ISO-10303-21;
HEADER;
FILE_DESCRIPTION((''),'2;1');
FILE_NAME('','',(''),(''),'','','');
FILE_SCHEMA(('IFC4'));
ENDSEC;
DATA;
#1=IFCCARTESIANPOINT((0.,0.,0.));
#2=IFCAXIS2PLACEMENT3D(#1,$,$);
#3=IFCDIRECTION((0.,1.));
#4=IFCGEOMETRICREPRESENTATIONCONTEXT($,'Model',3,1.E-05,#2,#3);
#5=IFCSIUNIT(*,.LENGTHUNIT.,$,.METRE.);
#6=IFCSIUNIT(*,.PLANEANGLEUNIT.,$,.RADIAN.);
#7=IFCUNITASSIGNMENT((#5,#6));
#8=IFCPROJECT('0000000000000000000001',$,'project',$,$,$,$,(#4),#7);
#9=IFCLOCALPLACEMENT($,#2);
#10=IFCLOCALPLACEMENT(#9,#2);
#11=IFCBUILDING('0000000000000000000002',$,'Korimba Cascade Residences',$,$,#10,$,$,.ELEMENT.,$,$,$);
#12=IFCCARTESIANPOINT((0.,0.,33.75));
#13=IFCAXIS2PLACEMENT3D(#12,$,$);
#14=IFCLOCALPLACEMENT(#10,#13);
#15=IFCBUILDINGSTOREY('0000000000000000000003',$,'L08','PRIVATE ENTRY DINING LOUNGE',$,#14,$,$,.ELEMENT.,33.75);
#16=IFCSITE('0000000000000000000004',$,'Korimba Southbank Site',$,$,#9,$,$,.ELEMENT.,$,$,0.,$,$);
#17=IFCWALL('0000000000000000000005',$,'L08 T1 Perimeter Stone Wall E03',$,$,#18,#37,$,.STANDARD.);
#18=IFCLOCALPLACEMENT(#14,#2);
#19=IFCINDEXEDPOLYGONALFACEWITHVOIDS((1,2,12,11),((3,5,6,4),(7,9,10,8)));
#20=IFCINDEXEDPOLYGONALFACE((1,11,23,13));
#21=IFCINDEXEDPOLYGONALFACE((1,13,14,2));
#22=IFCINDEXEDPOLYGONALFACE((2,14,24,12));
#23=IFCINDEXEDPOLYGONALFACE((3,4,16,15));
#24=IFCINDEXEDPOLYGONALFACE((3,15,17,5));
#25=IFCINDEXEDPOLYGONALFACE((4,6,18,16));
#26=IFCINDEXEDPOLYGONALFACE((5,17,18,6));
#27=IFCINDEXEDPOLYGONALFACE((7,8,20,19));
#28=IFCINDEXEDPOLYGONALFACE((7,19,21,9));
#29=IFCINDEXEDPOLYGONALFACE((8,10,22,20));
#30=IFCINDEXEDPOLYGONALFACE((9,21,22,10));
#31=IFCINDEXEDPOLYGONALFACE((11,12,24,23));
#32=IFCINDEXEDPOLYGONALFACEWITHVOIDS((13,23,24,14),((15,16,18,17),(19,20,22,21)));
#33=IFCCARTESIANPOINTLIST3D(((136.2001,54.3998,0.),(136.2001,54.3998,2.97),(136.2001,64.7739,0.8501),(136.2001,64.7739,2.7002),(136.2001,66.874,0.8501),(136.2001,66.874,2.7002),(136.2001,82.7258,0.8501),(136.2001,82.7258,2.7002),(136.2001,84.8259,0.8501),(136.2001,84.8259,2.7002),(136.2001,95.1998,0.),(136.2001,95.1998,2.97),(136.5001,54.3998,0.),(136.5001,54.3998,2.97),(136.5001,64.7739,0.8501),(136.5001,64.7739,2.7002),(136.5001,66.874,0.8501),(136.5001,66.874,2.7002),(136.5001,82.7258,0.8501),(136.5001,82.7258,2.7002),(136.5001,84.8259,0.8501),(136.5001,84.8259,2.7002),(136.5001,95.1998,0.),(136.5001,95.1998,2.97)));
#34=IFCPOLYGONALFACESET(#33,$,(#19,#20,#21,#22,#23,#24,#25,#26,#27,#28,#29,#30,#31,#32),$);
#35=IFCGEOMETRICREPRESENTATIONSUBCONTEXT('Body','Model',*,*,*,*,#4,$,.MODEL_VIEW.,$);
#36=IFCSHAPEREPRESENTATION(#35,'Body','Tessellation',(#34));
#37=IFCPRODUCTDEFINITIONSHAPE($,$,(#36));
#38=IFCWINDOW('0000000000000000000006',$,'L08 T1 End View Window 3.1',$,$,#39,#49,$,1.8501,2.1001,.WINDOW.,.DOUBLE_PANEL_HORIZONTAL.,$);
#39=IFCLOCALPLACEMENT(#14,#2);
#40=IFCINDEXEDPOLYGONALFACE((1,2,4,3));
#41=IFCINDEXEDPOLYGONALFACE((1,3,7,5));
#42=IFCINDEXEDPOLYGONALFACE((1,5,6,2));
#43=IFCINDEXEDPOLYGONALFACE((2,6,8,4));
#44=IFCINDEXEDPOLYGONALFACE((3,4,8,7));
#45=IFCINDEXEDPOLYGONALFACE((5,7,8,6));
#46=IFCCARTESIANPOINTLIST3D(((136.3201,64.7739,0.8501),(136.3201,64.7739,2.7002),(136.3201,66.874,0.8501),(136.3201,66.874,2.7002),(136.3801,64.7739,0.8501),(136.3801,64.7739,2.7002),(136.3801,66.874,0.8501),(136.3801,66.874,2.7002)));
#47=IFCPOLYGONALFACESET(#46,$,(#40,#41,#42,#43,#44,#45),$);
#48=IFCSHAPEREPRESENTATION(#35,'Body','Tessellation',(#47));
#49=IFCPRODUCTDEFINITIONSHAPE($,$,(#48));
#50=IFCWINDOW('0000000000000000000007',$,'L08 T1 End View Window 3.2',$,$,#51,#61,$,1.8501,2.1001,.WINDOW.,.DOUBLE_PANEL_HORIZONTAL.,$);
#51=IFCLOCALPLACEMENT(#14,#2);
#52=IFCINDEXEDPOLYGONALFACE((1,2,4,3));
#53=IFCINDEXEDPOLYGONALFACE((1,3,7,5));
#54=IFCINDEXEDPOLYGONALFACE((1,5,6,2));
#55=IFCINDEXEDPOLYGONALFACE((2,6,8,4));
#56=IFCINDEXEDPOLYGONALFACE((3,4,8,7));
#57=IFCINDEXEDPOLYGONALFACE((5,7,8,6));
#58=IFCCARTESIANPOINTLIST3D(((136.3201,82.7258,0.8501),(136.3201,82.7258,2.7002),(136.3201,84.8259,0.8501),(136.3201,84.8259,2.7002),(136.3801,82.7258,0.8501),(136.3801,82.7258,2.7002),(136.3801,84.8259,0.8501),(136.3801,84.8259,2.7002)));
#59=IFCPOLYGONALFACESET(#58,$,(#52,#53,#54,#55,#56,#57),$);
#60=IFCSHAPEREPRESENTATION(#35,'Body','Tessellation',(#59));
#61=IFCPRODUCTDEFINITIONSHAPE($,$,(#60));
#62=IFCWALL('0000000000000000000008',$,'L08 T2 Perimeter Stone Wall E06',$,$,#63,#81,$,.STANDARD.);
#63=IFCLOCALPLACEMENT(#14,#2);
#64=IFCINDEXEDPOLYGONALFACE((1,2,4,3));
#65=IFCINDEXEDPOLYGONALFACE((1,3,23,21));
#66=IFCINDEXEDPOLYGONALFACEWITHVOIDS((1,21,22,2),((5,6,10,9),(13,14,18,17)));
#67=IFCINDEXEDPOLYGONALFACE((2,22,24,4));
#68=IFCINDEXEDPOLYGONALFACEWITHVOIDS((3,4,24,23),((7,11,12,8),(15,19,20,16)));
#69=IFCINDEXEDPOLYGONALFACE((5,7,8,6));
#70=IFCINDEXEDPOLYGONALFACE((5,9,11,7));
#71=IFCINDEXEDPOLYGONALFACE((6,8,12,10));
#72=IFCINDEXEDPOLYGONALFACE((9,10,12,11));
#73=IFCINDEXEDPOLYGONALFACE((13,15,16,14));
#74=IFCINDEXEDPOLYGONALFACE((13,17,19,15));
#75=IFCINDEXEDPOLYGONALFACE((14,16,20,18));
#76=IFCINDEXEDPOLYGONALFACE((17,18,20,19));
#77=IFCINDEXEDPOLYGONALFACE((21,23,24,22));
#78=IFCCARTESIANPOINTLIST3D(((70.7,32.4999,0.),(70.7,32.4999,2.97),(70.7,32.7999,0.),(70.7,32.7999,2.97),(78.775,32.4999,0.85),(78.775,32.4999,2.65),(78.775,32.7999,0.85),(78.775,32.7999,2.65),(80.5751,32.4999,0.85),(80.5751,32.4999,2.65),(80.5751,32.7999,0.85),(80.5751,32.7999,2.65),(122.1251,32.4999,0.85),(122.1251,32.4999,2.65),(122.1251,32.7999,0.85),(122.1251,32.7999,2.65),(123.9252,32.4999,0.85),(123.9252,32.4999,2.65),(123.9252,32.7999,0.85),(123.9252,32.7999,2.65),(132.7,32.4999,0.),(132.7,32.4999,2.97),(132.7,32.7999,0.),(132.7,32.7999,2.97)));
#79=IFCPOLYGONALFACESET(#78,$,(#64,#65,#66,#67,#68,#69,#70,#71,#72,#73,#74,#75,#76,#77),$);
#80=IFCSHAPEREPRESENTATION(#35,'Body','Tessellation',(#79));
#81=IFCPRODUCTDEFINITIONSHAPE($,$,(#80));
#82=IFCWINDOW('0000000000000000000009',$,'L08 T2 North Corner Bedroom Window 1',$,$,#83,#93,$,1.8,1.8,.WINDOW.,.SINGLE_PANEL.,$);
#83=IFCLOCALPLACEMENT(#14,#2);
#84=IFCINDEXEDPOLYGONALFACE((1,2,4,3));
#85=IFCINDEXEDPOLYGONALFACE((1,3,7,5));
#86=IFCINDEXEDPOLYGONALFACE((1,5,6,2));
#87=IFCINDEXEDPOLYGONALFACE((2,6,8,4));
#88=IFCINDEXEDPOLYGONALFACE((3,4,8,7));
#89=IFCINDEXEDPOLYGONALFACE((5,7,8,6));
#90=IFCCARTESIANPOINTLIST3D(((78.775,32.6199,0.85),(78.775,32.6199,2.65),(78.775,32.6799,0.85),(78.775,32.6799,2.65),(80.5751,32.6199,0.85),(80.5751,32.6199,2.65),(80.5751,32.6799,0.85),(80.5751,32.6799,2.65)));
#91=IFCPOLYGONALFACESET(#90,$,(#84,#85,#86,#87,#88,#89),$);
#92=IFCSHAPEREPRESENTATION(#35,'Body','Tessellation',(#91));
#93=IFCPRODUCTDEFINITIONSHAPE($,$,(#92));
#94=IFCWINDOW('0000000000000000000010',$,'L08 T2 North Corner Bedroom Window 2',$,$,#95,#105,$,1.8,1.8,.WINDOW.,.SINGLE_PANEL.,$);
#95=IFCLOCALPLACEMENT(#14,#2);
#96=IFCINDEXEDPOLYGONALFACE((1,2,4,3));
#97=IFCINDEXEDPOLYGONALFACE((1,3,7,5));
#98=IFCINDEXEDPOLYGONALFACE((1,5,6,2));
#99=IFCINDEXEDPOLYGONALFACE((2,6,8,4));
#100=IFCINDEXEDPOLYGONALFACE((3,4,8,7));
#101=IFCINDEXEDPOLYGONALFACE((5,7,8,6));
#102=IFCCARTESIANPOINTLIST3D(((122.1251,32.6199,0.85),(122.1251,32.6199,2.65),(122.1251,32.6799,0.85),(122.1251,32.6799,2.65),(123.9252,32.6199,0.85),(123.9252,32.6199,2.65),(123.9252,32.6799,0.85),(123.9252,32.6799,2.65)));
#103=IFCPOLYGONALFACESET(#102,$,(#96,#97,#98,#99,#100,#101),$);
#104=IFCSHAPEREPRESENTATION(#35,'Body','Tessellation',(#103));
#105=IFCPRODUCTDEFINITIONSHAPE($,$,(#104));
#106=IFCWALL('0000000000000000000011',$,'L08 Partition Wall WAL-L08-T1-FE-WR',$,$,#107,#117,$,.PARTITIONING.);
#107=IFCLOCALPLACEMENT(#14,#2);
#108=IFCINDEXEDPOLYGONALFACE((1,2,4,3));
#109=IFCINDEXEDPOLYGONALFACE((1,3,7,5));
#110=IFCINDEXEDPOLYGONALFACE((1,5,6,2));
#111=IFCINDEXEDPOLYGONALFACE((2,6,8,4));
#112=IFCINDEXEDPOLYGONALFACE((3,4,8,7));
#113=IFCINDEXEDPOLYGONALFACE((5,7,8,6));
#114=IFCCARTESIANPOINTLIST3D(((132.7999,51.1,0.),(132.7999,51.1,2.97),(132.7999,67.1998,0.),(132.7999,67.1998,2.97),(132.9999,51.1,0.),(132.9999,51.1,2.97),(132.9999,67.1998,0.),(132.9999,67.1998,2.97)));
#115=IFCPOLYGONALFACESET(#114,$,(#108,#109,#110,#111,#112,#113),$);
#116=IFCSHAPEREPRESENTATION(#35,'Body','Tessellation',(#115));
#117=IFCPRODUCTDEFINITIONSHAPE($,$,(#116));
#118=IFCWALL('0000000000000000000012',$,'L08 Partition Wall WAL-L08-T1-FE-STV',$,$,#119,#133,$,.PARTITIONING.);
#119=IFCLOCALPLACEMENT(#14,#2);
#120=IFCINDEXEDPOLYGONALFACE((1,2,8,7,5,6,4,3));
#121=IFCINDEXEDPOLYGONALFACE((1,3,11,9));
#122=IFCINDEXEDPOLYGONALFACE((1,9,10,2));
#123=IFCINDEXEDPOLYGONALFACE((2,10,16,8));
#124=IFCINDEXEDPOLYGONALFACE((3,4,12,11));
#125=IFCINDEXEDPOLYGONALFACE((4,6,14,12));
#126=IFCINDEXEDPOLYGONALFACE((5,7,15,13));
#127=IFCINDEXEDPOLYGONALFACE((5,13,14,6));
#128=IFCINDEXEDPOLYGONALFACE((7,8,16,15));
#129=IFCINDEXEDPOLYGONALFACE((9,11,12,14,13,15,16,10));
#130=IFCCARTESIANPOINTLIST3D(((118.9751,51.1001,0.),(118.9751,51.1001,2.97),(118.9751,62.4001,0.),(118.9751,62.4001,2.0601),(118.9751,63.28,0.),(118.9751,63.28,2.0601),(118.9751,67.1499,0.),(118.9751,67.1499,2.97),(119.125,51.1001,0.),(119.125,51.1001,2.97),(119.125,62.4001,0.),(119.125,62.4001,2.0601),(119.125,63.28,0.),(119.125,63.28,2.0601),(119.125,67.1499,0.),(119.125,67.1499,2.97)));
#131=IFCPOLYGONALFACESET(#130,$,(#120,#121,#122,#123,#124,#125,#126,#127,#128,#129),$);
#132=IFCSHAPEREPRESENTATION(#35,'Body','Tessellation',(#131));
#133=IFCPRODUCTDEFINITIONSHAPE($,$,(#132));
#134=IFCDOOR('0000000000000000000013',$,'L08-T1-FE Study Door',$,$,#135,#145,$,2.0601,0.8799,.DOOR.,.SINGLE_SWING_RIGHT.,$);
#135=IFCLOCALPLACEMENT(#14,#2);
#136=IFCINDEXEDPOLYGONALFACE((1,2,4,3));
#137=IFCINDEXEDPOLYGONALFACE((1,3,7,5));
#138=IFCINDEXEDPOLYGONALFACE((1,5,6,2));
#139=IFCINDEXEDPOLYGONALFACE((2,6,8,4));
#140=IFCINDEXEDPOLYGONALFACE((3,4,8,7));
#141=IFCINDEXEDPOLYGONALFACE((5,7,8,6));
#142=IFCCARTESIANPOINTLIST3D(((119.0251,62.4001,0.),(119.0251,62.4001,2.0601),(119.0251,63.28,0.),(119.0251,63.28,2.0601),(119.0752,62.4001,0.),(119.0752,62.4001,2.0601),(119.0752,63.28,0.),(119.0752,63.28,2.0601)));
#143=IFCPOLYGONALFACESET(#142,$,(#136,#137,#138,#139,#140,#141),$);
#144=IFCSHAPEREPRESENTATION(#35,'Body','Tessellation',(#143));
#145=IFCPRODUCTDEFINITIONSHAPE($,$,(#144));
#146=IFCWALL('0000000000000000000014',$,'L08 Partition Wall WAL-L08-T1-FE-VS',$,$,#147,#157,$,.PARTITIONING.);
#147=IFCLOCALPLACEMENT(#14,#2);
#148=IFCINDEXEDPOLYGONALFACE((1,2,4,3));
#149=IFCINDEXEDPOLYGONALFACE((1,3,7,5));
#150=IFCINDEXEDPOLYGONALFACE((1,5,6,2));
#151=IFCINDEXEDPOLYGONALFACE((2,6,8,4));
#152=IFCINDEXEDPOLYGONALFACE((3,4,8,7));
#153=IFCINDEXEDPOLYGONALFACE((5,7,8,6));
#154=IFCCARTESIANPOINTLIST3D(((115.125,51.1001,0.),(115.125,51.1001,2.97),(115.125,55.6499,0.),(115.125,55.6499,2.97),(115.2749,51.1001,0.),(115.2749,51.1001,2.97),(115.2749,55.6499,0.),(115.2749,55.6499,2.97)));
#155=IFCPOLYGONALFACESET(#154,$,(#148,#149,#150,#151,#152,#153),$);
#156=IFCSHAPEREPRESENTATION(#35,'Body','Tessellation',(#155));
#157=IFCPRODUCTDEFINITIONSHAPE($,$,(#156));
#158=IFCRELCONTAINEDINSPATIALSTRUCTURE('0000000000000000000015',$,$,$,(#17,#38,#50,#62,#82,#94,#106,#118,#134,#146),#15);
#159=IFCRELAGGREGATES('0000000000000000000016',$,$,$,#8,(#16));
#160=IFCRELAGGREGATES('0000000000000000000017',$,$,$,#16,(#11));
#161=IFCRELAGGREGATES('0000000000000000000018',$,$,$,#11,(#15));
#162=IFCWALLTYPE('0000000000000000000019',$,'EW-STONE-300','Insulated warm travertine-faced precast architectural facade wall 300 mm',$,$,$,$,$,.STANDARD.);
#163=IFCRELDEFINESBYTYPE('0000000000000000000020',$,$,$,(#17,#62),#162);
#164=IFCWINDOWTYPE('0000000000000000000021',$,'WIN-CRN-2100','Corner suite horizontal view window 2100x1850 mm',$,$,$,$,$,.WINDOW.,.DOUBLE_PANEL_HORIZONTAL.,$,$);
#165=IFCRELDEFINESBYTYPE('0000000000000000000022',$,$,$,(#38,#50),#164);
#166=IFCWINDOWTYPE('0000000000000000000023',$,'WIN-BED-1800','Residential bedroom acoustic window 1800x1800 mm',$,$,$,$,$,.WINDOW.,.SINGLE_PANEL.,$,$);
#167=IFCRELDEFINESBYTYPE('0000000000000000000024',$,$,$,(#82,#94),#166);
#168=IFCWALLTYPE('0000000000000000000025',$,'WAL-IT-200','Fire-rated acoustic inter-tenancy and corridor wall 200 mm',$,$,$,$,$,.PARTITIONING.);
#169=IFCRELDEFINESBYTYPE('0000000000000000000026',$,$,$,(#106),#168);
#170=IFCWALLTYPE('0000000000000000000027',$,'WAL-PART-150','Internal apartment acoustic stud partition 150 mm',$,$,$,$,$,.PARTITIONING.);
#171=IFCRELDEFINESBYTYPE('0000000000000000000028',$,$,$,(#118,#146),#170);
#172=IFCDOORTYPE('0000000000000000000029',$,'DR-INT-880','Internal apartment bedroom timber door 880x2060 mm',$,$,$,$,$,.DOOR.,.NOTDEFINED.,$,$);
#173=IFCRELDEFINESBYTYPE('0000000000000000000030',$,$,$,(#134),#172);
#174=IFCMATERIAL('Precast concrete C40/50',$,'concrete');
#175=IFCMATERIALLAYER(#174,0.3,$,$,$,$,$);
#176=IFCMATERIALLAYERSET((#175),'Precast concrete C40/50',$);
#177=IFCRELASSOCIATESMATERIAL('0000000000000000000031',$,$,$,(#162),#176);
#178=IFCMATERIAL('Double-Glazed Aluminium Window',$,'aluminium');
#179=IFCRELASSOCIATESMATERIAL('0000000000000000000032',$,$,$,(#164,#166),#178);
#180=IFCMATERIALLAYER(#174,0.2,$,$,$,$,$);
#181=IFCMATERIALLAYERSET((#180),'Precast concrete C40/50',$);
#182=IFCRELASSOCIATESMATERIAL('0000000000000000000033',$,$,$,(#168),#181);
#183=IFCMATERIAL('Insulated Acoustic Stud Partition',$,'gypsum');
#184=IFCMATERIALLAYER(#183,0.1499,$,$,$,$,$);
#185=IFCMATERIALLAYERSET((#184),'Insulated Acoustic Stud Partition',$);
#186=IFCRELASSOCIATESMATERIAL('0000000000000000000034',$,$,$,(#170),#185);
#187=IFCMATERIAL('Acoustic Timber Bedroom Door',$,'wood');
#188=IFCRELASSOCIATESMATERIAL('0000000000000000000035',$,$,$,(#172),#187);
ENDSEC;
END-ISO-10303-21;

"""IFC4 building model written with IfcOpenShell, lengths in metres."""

from ifc_helpers import new_model, si_unit, direction, frame, frame_2d, origin, place, context, subcontext, project, spatial, rectangle, extrude, material, layer, layer_set, type_object, element, fill, save


model = new_model("IFC4")

# Units and contexts
model_context = context("Model", 3, precision=1e-05, world=origin(), true_north=direction((0.0, 1.0)))
body_context = subcontext(model_context, "Body", "Model", "MODEL_VIEW")
ifc_project = project(units=[si_unit("LENGTHUNIT", "METRE"), si_unit("PLANEANGLEUNIT", "RADIAN")], contexts=[model_context])

# Site, building, storey
site_placement = place(None, origin())
site = spatial("IfcSite", under=ifc_project, at=site_placement, Name="Korimba Southbank Site", CompositionType="ELEMENT", RefElevation=0.0)
building_placement = place(site_placement, origin())
building = spatial("IfcBuilding", under=site, at=building_placement, Name="Korimba Cascade Residences", CompositionType="ELEMENT")
storey_placement = place(building_placement, frame((0.0, 0.0, 33.75)))
storey = spatial("IfcBuildingStorey", under=building, at=storey_placement, Name="L08", Description="PRIVATE ENTRY DINING LOUNGE", CompositionType="ELEMENT", Elevation=33.75)

# Shared definitions
ifc_material_1 = material(Name="Precast concrete C40/50", Category="concrete")
ifc_layer_1 = layer(ifc_material_1, 0.3)
ifc_layer_set_1 = layer_set([ifc_layer_1], Name="Precast concrete C40/50")
wall_type_1 = type_object("IfcWallType", Name="EW-STONE-300", Description="Insulated warm travertine-faced precast architectural facade wall 300 mm", PredefinedType="STANDARD", material=ifc_layer_set_1)

# Walls, openings, windows
wall_1_placement = place(storey_placement, frame((136.3501, 54.3999, 0.0), z_axis=(0.0, 0.0, 1.0), x_axis=(0.0, 1.0, 0.0)))
wall_1 = element("IfcWall", 1, at=wall_1_placement, inside=storey, type_object=wall_type_1, Name="L08 T1 Perimeter Stone Wall E03", PredefinedType="STANDARD", context=body_context, shape_type="SweptSolid", body=[
    extrude(rectangle(XDim=40.8, YDim=0.3, at=frame_2d((20.3999, 0.0))), origin(), (0.0, 0.0, 1.0), 2.97),
])
opening_1_placement = place(wall_1_placement, frame((10.374, 0.0, 0.8501)))
opening_1 = element("IfcOpeningElement", 2, at=opening_1_placement, cuts=wall_1, PredefinedType="OPENING", context=body_context, shape_type="SweptSolid", body=[
    extrude(rectangle(XDim=2.1001, YDim=1.8501, at=frame_2d((1.05, 0.925))), frame((0.0, 0.1602, 0.0), z_axis=(0.0, -1.0, 0.0), x_axis=(1.0, 0.0, 0.0)), (0.0, 0.0, 1.0), 0.3201),
])
opening_2_placement = place(wall_1_placement, frame((28.3259, 0.0, 0.8501)))
opening_2 = element("IfcOpeningElement", 3, at=opening_2_placement, cuts=wall_1, PredefinedType="OPENING", context=body_context, shape_type="SweptSolid", body=[
    extrude(rectangle(XDim=2.1001, YDim=1.8501, at=frame_2d((1.05, 0.925))), frame((0.0, 0.1602, 0.0), z_axis=(0.0, -1.0, 0.0), x_axis=(1.0, 0.0, 0.0)), (0.0, 0.0, 1.0), 0.3201),
])
ifc_material_2 = material(Name="Double-Glazed Aluminium Window", Category="aluminium")
window_type_1 = type_object("IfcWindowType", Name="WIN-CRN-2100", Description="Corner suite horizontal view window 2100x1850 mm", PartitioningType="DOUBLE_PANEL_HORIZONTAL", PredefinedType="WINDOW", material=ifc_material_2)
window_1_placement = place(opening_1_placement, origin())
window_1 = element("IfcWindow", 4, at=window_1_placement, inside=storey, type_object=window_type_1, Name="L08 T1 End View Window 3.1", OverallHeight=1.8501, OverallWidth=2.1001, PartitioningType="DOUBLE_PANEL_HORIZONTAL", PredefinedType="WINDOW", context=body_context, shape_type="SweptSolid", body=[
    extrude(rectangle(XDim=2.1001, YDim=1.8501, at=frame_2d((1.05, 0.925))), frame((0.0, 0.03, 0.0), z_axis=(0.0, -1.0, 0.0), x_axis=(1.0, 0.0, 0.0)), (0.0, 0.0, 1.0), 0.0601),
])
fill(opening_1, window_1)
window_2_placement = place(opening_2_placement, origin())
window_2 = element("IfcWindow", 5, at=window_2_placement, inside=storey, type_object=window_type_1, Name="L08 T1 End View Window 3.2", OverallHeight=1.8501, OverallWidth=2.1001, PartitioningType="DOUBLE_PANEL_HORIZONTAL", PredefinedType="WINDOW", context=body_context, shape_type="SweptSolid", body=[
    extrude(rectangle(XDim=2.1001, YDim=1.8501, at=frame_2d((1.05, 0.925))), frame((0.0, 0.03, 0.0), z_axis=(0.0, -1.0, 0.0), x_axis=(1.0, 0.0, 0.0)), (0.0, 0.0, 1.0), 0.0601),
])
fill(opening_2, window_2)
wall_2_placement = place(storey_placement, frame((132.7, 32.6499, 0.0), z_axis=(0.0, 0.0, 1.0), x_axis=(-1.0, 0.0, 0.0)))
wall_2 = element("IfcWall", 6, at=wall_2_placement, inside=storey, type_object=wall_type_1, Name="L08 T2 Perimeter Stone Wall E06", PredefinedType="STANDARD", context=body_context, shape_type="SweptSolid", body=[
    extrude(rectangle(XDim=62.0, YDim=0.3, at=frame_2d((31.0, 0.0))), origin(), (0.0, 0.0, 1.0), 2.97),
])
opening_3_placement = place(wall_2_placement, frame((52.125, 0.0, 0.8501)))
opening_3 = element("IfcOpeningElement", 7, at=opening_3_placement, cuts=wall_2, PredefinedType="OPENING", context=body_context, shape_type="SweptSolid", body=[
    extrude(rectangle(XDim=1.8, YDim=1.8, at=frame_2d((0.8999, 0.8999))), frame((0.0, 0.1602, 0.0), z_axis=(0.0, -1.0, 0.0), x_axis=(1.0, 0.0, 0.0)), (0.0, 0.0, 1.0), 0.3201),
])
opening_4_placement = place(wall_2_placement, frame((8.7749, 0.0, 0.8501)))
opening_4 = element("IfcOpeningElement", 8, at=opening_4_placement, cuts=wall_2, PredefinedType="OPENING", context=body_context, shape_type="SweptSolid", body=[
    extrude(rectangle(XDim=1.8, YDim=1.8, at=frame_2d((0.8999, 0.8999))), frame((0.0, 0.1602, 0.0), z_axis=(0.0, -1.0, 0.0), x_axis=(1.0, 0.0, 0.0)), (0.0, 0.0, 1.0), 0.3201),
])
window_type_2 = type_object("IfcWindowType", Name="WIN-BED-1800", Description="Residential bedroom acoustic window 1800x1800 mm", PartitioningType="SINGLE_PANEL", PredefinedType="WINDOW", material=ifc_material_2)
window_3_placement = place(opening_3_placement, origin())
window_3 = element("IfcWindow", 9, at=window_3_placement, inside=storey, type_object=window_type_2, Name="L08 T2 North Corner Bedroom Window 1", OverallHeight=1.8, OverallWidth=1.8, PartitioningType="SINGLE_PANEL", PredefinedType="WINDOW", context=body_context, shape_type="SweptSolid", body=[
    extrude(rectangle(XDim=1.8, YDim=1.8, at=frame_2d((0.8999, 0.8999))), frame((0.0, 0.03, 0.0), z_axis=(0.0, -1.0, 0.0), x_axis=(1.0, 0.0, 0.0)), (0.0, 0.0, 1.0), 0.0601),
])
fill(opening_3, window_3)
window_4_placement = place(opening_4_placement, origin())
window_4 = element("IfcWindow", 10, at=window_4_placement, inside=storey, type_object=window_type_2, Name="L08 T2 North Corner Bedroom Window 2", OverallHeight=1.8, OverallWidth=1.8, PartitioningType="SINGLE_PANEL", PredefinedType="WINDOW", context=body_context, shape_type="SweptSolid", body=[
    extrude(rectangle(XDim=1.8, YDim=1.8, at=frame_2d((0.8999, 0.8999))), frame((0.0, 0.03, 0.0), z_axis=(0.0, -1.0, 0.0), x_axis=(1.0, 0.0, 0.0)), (0.0, 0.0, 1.0), 0.0601),
])
fill(opening_4, window_4)

# Wall
ifc_layer_2 = layer(ifc_material_1, 0.2)
ifc_layer_set_2 = layer_set([ifc_layer_2], Name="Precast concrete C40/50")
wall_type_2 = type_object("IfcWallType", Name="WAL-IT-200", Description="Fire-rated acoustic inter-tenancy and corridor wall 200 mm", PredefinedType="PARTITIONING", material=ifc_layer_set_2)
wall_3_placement = place(storey_placement, frame((132.8999, 51.1001, 0.0), z_axis=(0.0, 0.0, 1.0), x_axis=(0.0, 1.0, 0.0)))
element("IfcWall", 11, at=wall_3_placement, inside=storey, type_object=wall_type_2, Name="L08 Partition Wall WAL-L08-T1-FE-WR", PredefinedType="PARTITIONING", context=body_context, shape_type="SweptSolid", body=[
    extrude(rectangle(XDim=16.0999, YDim=0.2, at=frame_2d((8.0498, 0.0))), origin(), (0.0, 0.0, 1.0), 2.97),
])

# Wall, opening, door
ifc_material_3 = material(Name="Insulated Acoustic Stud Partition", Category="gypsum")
ifc_layer_3 = layer(ifc_material_3, 0.1499)
ifc_layer_set_3 = layer_set([ifc_layer_3], Name="Insulated Acoustic Stud Partition")
wall_type_3 = type_object("IfcWallType", Name="WAL-PART-150", Description="Internal apartment acoustic stud partition 150 mm", PredefinedType="PARTITIONING", material=ifc_layer_set_3)
wall_4_placement = place(storey_placement, frame((119.05, 51.1001, 0.0), z_axis=(0.0, 0.0, 1.0), x_axis=(0.0, 1.0, 0.0)))
wall_4 = element("IfcWall", 12, at=wall_4_placement, inside=storey, type_object=wall_type_3, Name="L08 Partition Wall WAL-L08-T1-FE-STV", PredefinedType="PARTITIONING", context=body_context, shape_type="SweptSolid", body=[
    extrude(rectangle(XDim=16.0498, YDim=0.1499, at=frame_2d((8.0249, 0.0))), origin(), (0.0, 0.0, 1.0), 2.97),
])
opening_5_placement = place(wall_4_placement, frame((11.3, 0.0, 0.0)))
opening_5 = element("IfcOpeningElement", 13, at=opening_5_placement, cuts=wall_4, PredefinedType="OPENING", context=body_context, shape_type="SweptSolid", body=[
    extrude(rectangle(XDim=0.8799, YDim=2.0601, at=frame_2d((0.4399, 1.03))), frame((0.0, 0.085, 0.0), z_axis=(0.0, -1.0, 0.0), x_axis=(1.0, 0.0, 0.0)), (0.0, 0.0, 1.0), 0.1699),
])
ifc_material_4 = material(Name="Acoustic Timber Bedroom Door", Category="wood")
door_type = type_object("IfcDoorType", Name="DR-INT-880", Description="Internal apartment bedroom timber door 880x2060 mm", OperationType="NOTDEFINED", PredefinedType="DOOR", material=ifc_material_4)
door_placement = place(opening_5_placement, origin())
door = element("IfcDoor", 14, at=door_placement, inside=storey, type_object=door_type, Name="L08-T1-FE Study Door", OperationType="SINGLE_SWING_RIGHT", OverallHeight=2.0601, OverallWidth=0.8799, PredefinedType="DOOR", context=body_context, shape_type="SweptSolid", body=[
    extrude(rectangle(XDim=0.8799, YDim=2.0601, at=frame_2d((0.4399, 1.03))), frame((0.0, 0.0249, 0.0), z_axis=(0.0, -1.0, 0.0), x_axis=(1.0, 0.0, 0.0)), (0.0, 0.0, 1.0), 0.05),
])
fill(opening_5, door)

# Wall
wall_5_placement = place(storey_placement, frame((115.2, 51.1001, 0.0), z_axis=(0.0, 0.0, 1.0), x_axis=(0.0, 1.0, 0.0)))
element("IfcWall", 15, at=wall_5_placement, inside=storey, type_object=wall_type_3, Name="L08 Partition Wall WAL-L08-T1-FE-VS", PredefinedType="PARTITIONING", context=body_context, shape_type="SweptSolid", body=[
    extrude(rectangle(XDim=4.5498, YDim=0.1499, at=frame_2d((2.2749, 0.0))), origin(), (0.0, 0.0, 1.0), 2.97),
])

save(model, "model.ifc")
